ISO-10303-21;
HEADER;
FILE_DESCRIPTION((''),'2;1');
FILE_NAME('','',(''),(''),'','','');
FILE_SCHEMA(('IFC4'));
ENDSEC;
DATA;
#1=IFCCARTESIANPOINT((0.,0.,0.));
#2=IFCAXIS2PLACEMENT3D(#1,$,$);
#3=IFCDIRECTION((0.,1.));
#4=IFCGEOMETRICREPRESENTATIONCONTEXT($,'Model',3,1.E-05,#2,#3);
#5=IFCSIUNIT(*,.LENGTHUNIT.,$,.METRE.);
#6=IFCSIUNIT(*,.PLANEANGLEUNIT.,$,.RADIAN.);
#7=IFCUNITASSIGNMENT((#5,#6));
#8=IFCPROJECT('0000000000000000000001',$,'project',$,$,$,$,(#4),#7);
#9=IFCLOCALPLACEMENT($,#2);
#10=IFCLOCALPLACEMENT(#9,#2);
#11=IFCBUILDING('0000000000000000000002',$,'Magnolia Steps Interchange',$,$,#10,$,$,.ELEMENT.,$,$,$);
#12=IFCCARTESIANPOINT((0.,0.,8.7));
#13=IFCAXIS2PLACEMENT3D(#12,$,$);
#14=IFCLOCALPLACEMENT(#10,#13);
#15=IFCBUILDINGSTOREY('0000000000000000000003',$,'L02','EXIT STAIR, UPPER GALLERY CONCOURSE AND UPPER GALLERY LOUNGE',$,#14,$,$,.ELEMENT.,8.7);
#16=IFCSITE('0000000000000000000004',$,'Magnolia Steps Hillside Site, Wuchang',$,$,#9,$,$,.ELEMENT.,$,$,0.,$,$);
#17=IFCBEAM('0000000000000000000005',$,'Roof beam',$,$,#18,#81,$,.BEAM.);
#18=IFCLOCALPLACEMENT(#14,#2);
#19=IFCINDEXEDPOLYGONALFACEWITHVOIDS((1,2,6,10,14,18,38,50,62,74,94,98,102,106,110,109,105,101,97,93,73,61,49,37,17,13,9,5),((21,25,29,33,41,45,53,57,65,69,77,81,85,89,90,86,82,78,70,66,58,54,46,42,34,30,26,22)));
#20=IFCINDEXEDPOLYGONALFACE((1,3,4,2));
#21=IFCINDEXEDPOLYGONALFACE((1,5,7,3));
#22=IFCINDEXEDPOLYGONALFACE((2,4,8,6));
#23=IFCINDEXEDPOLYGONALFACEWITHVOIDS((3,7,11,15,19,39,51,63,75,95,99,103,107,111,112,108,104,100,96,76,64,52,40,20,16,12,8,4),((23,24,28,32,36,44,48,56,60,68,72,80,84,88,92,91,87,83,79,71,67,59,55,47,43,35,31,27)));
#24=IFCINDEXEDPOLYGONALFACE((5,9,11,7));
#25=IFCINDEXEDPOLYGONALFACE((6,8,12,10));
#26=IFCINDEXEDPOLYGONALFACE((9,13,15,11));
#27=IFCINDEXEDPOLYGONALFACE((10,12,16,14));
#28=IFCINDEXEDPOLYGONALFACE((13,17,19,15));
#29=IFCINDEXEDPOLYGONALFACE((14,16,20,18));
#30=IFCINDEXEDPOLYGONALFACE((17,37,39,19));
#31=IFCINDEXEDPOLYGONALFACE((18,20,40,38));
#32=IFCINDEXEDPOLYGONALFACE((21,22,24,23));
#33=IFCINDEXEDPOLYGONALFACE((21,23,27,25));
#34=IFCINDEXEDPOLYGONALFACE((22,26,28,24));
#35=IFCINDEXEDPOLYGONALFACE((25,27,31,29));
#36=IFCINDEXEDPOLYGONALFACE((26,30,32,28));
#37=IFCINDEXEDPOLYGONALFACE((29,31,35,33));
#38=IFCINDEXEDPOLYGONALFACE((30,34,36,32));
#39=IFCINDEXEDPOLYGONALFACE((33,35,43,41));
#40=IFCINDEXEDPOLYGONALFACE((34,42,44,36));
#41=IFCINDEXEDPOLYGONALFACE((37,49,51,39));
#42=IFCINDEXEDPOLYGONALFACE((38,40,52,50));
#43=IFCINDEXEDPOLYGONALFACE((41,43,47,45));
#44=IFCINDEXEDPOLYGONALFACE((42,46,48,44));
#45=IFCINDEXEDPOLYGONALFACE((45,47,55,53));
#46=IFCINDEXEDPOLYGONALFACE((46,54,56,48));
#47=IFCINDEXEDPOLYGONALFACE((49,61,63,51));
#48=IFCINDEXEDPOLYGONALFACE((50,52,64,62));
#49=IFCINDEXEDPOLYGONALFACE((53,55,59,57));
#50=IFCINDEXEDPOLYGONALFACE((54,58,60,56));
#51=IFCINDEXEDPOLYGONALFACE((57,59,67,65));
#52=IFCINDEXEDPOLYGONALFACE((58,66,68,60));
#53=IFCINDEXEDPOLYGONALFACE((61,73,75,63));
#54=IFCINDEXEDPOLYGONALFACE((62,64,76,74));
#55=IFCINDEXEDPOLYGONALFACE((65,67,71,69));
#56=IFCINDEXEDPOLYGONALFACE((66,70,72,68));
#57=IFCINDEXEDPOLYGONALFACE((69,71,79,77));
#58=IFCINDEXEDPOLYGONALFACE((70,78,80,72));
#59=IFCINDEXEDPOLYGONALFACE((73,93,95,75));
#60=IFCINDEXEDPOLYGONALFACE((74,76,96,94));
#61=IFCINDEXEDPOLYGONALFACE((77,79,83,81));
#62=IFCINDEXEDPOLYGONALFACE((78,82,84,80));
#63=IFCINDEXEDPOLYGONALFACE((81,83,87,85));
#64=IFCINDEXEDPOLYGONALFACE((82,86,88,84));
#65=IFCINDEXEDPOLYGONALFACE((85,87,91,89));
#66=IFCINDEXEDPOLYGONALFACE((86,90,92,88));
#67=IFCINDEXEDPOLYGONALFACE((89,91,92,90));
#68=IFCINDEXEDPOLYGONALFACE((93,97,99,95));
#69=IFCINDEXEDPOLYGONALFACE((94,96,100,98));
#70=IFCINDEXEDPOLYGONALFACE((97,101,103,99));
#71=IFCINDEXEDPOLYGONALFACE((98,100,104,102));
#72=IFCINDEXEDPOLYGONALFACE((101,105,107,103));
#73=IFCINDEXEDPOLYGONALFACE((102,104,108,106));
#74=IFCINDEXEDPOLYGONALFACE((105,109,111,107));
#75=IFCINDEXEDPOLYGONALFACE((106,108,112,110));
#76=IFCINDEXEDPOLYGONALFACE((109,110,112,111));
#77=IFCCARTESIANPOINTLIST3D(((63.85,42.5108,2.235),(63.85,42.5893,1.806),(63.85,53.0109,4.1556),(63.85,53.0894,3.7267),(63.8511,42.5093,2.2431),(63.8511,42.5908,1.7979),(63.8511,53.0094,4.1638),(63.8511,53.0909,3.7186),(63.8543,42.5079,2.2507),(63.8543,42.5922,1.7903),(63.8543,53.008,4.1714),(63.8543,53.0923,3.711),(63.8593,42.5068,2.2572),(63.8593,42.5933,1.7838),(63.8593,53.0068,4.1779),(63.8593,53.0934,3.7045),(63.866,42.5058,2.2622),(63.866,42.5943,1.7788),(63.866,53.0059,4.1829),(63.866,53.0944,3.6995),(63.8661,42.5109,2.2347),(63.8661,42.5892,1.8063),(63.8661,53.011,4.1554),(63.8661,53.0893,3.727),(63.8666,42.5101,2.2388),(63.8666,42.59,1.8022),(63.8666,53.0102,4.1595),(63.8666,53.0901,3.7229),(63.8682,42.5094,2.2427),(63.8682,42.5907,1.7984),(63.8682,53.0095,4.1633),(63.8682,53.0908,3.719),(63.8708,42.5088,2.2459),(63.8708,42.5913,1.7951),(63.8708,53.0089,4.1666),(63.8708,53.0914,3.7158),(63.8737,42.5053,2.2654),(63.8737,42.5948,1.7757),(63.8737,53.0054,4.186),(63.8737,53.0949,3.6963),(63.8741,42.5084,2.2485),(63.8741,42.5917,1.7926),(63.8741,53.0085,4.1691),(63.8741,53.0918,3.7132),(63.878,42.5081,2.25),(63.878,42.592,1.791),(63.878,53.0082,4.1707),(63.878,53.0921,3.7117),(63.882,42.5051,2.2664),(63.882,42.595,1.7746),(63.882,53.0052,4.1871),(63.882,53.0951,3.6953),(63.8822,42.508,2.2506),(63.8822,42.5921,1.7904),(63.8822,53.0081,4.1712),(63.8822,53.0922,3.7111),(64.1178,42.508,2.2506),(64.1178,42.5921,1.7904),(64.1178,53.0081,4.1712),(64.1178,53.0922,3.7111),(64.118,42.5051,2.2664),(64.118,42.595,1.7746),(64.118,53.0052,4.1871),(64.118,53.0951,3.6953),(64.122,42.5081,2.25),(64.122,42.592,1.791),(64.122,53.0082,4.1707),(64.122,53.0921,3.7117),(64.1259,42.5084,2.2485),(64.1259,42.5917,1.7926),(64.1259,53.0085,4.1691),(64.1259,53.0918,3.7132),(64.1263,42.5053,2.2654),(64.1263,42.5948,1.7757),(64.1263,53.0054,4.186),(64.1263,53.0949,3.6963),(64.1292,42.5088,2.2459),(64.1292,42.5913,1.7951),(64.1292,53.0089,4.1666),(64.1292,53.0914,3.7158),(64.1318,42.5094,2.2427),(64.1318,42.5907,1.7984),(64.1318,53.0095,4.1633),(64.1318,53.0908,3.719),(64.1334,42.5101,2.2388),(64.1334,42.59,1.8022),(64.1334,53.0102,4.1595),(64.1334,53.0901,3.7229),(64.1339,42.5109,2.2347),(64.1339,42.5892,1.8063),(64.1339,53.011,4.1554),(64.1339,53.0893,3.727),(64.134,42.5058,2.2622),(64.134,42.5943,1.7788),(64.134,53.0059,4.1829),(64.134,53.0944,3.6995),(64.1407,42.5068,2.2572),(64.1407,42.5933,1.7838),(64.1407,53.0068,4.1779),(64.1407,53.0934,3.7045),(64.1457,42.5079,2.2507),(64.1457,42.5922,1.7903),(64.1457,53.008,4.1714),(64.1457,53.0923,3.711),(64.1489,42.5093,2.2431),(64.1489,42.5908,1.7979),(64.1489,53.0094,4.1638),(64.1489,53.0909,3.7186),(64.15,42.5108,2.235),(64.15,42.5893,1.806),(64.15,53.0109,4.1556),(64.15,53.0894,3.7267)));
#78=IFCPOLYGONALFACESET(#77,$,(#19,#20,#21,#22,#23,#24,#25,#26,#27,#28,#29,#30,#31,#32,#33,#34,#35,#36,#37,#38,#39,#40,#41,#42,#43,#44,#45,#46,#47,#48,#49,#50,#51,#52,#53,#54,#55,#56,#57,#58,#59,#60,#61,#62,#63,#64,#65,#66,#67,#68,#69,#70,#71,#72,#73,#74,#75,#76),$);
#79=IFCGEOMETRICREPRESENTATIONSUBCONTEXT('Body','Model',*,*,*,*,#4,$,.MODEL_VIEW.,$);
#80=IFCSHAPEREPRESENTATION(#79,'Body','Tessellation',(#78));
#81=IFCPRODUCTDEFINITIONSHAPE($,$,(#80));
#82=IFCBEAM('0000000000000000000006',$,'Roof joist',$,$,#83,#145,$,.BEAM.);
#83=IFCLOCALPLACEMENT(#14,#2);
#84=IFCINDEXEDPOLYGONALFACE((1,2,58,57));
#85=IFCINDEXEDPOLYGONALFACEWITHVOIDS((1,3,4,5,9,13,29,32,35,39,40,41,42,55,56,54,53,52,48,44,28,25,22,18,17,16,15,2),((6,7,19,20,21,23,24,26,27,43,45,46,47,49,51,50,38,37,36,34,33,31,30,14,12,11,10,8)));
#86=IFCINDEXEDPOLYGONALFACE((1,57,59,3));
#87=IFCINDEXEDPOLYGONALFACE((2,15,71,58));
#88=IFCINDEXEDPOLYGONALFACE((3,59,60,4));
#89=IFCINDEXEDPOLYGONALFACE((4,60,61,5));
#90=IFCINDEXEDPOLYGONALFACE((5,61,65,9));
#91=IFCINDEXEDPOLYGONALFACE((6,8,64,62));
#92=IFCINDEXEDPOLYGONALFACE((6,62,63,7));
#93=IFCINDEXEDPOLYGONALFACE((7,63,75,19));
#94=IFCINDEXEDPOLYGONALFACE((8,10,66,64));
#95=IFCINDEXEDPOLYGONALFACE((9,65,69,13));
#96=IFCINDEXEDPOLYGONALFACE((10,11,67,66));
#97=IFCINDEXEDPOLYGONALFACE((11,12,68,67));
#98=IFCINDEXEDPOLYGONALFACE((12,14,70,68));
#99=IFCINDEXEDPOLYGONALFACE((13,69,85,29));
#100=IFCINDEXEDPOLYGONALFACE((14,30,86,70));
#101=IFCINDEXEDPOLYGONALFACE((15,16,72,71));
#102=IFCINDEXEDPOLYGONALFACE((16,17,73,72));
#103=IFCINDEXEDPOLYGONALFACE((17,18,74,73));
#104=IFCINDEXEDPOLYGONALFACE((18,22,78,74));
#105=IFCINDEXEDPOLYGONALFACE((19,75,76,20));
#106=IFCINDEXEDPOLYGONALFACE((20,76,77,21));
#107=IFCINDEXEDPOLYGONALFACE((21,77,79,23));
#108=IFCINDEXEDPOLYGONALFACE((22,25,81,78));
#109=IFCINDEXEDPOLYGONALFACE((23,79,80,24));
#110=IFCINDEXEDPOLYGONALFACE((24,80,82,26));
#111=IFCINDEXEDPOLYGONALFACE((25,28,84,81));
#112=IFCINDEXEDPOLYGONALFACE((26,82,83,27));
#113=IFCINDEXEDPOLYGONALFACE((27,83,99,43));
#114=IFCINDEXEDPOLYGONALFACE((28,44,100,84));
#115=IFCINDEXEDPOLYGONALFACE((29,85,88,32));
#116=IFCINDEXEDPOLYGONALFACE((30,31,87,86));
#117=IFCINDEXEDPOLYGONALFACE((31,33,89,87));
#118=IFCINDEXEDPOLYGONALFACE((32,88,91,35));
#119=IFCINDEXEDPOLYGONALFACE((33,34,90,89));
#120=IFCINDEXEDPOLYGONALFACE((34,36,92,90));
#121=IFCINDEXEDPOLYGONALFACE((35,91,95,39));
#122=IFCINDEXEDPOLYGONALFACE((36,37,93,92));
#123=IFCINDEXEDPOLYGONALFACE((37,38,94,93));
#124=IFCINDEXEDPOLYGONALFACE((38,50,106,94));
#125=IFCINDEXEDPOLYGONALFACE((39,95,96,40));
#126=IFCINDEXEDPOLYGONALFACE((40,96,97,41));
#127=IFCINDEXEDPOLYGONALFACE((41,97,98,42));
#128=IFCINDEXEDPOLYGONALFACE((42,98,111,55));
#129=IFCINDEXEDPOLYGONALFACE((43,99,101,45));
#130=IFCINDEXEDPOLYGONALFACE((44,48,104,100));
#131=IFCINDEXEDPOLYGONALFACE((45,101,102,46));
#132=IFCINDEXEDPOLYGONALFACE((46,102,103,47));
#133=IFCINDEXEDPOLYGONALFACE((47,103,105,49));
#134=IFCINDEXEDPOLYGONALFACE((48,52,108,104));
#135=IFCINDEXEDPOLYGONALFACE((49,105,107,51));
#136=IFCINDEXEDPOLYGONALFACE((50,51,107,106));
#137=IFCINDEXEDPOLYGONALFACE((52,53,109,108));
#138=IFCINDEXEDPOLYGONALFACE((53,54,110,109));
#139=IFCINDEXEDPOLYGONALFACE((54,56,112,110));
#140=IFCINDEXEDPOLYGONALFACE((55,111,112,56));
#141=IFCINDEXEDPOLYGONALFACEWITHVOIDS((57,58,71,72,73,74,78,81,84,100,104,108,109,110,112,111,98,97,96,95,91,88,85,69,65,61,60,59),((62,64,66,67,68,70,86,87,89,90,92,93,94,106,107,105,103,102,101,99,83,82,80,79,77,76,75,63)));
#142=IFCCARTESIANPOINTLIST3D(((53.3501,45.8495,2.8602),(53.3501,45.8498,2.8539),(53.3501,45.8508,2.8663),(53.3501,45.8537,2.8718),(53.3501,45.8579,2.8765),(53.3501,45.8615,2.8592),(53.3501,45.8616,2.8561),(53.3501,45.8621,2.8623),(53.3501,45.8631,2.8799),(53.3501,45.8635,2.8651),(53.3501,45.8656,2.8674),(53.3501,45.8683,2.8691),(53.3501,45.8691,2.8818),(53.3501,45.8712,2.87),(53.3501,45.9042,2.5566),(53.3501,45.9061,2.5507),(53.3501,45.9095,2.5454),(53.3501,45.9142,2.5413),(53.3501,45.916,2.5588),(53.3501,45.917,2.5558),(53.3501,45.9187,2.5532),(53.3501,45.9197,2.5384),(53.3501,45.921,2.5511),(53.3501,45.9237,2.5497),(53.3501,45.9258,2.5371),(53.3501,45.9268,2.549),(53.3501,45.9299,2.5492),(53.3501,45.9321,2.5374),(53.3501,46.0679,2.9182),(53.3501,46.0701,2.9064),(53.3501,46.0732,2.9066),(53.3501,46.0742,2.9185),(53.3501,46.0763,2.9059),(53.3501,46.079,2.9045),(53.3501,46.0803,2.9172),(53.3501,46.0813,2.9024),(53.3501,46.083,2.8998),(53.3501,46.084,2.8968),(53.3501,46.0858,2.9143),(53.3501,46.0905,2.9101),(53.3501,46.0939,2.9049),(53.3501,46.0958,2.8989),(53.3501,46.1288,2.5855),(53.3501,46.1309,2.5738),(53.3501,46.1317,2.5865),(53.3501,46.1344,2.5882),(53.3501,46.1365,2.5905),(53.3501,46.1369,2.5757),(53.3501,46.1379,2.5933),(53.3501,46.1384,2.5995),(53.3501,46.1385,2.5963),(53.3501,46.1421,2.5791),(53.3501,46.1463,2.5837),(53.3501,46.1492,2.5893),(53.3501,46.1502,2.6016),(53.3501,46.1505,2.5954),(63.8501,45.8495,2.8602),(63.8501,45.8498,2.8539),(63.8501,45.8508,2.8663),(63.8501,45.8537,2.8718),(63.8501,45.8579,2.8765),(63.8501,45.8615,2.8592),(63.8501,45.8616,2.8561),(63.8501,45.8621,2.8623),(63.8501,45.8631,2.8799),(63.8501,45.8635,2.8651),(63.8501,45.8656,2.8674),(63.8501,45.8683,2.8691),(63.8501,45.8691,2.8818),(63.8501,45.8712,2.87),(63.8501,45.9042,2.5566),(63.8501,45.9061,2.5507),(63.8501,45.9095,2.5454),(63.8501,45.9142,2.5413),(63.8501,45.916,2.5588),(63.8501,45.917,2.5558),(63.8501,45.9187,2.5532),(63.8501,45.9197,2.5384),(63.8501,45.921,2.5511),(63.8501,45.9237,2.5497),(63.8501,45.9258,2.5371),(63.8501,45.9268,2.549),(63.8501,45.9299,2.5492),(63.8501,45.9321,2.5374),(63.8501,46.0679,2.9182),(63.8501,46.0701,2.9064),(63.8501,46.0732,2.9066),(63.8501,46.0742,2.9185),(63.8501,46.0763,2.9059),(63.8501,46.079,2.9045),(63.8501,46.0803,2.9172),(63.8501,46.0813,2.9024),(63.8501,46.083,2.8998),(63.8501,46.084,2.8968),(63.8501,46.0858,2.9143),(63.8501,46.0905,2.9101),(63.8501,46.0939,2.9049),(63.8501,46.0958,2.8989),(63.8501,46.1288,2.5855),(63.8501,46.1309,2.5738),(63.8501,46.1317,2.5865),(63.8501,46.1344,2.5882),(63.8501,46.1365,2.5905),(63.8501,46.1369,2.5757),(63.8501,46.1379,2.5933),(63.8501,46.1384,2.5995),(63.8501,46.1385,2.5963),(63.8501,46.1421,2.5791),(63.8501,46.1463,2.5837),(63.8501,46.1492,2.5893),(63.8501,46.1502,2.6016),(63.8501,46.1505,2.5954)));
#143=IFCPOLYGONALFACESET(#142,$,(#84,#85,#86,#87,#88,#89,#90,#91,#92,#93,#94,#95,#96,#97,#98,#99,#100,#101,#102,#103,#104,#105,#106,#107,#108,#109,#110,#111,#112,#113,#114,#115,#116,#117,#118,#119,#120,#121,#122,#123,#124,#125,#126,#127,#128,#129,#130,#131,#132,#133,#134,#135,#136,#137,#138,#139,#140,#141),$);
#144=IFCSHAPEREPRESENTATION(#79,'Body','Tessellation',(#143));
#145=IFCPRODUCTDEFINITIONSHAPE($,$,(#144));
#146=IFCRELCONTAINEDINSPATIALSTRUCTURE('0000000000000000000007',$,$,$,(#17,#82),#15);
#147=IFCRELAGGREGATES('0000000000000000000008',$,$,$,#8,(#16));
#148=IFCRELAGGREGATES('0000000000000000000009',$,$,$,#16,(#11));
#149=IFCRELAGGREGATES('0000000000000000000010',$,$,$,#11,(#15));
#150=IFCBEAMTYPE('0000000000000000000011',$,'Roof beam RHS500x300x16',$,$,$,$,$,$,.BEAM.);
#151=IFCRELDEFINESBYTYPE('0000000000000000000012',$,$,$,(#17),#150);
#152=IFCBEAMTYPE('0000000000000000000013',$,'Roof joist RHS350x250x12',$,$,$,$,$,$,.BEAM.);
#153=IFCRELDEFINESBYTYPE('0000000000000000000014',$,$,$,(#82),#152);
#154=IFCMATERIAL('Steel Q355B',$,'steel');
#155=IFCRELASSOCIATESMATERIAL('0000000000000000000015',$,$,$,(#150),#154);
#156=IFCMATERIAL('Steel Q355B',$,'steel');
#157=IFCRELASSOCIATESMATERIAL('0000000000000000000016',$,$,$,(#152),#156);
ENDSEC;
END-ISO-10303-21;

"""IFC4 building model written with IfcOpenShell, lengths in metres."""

from ifc_helpers import new_model, si_unit, direction, frame, origin, origin_2d, place, context, subcontext, project, spatial, hollow_rectangle, extrude, material, material_profile, profile_set, type_object, element, save


model = new_model("IFC4")

# Units and contexts
model_context = context("Model", 3, precision=1e-05, world=origin(), true_north=direction((0.0, 1.0)))
body_context = subcontext(model_context, "Body", "Model", "MODEL_VIEW")
ifc_project = project(units=[si_unit("LENGTHUNIT", "METRE"), si_unit("PLANEANGLEUNIT", "RADIAN")], contexts=[model_context])

# Site, building, storey
site_placement = place(None, origin())
site = spatial("IfcSite", under=ifc_project, at=site_placement, Name="Magnolia Steps Hillside Site, Wuchang", CompositionType="ELEMENT", RefElevation=0.0)
building_placement = place(site_placement, origin())
building = spatial("IfcBuilding", under=site, at=building_placement, Name="Magnolia Steps Interchange", CompositionType="ELEMENT")
storey_placement = place(building_placement, frame((0.0, 0.0, 8.7)))
storey = spatial("IfcBuildingStorey", under=building, at=storey_placement, Name="L02", Description="EXIT STAIR, UPPER GALLERY CONCOURSE AND UPPER GALLERY LOUNGE", CompositionType="ELEMENT", Elevation=8.7)

# Beams
ifc_material_1 = material(Name="Steel Q355B", Category="steel")
ifc_material_profile_1 = material_profile(ifc_material_1, hollow_rectangle(XDim=0.3, YDim=0.5, WallThickness=0.0161, InnerFilletRadius=0.0161, OuterFilletRadius=0.032, at=origin_2d()), Name="RHS500x300x16")
ifc_profile_set_1 = profile_set([ifc_material_profile_1], Name="Steel Q355B")
beam_type_1 = type_object("IfcBeamType", Name="Roof beam RHS500x300x16", PredefinedType="BEAM", material=ifc_profile_set_1)
beam_1_placement = place(storey_placement, frame((64.0, 42.55, 2.0205), z_axis=(0.0, 0.983679, 0.179934), x_axis=(-1.0, 0.0, 0.0)))
element("IfcBeam", 1, at=beam_1_placement, inside=storey, type_object=beam_type_1, Name="Roof beam", PredefinedType="BEAM", context=body_context, shape_type="SweptSolid", body=[
    extrude(hollow_rectangle(XDim=0.3, YDim=0.5, WallThickness=0.0161, InnerFilletRadius=0.0161, OuterFilletRadius=0.032, at=origin_2d()), origin(), (0.0, 0.0, 1.0), 10.6743),
])
ifc_material_2 = material(Name="Steel Q355B", Category="steel")
ifc_material_profile_2 = material_profile(ifc_material_2, hollow_rectangle(XDim=0.25, YDim=0.3501, WallThickness=0.012, InnerFilletRadius=0.012, OuterFilletRadius=0.0239, at=origin_2d()), Name="RHS350x250x12")
ifc_profile_set_2 = profile_set([ifc_material_profile_2], Name="Steel Q355B")
beam_type_2 = type_object("IfcBeamType", Name="Roof joist RHS350x250x12", PredefinedType="BEAM", material=ifc_profile_set_2)
for number, where, z_axis, x_axis, name in (
    (2, (53.3501, 46.0, 2.7278), (1.0, 0.0, 0.0), (0.0, 0.983677, 0.179941), "Roof joist"),
):
    element("IfcBeam", number, at=place(storey_placement, frame(where, z_axis=z_axis, x_axis=x_axis)), inside=storey, type_object=beam_type_2, Name=name, PredefinedType="BEAM", context=body_context, shape_type="SweptSolid", body=[
        extrude(hollow_rectangle(XDim=0.25, YDim=0.3501, WallThickness=0.012, InnerFilletRadius=0.012, OuterFilletRadius=0.0239, at=origin_2d()), origin(), (0.0, 0.0, 1.0), 10.5),
    ])

save(model, "model.ifc")
